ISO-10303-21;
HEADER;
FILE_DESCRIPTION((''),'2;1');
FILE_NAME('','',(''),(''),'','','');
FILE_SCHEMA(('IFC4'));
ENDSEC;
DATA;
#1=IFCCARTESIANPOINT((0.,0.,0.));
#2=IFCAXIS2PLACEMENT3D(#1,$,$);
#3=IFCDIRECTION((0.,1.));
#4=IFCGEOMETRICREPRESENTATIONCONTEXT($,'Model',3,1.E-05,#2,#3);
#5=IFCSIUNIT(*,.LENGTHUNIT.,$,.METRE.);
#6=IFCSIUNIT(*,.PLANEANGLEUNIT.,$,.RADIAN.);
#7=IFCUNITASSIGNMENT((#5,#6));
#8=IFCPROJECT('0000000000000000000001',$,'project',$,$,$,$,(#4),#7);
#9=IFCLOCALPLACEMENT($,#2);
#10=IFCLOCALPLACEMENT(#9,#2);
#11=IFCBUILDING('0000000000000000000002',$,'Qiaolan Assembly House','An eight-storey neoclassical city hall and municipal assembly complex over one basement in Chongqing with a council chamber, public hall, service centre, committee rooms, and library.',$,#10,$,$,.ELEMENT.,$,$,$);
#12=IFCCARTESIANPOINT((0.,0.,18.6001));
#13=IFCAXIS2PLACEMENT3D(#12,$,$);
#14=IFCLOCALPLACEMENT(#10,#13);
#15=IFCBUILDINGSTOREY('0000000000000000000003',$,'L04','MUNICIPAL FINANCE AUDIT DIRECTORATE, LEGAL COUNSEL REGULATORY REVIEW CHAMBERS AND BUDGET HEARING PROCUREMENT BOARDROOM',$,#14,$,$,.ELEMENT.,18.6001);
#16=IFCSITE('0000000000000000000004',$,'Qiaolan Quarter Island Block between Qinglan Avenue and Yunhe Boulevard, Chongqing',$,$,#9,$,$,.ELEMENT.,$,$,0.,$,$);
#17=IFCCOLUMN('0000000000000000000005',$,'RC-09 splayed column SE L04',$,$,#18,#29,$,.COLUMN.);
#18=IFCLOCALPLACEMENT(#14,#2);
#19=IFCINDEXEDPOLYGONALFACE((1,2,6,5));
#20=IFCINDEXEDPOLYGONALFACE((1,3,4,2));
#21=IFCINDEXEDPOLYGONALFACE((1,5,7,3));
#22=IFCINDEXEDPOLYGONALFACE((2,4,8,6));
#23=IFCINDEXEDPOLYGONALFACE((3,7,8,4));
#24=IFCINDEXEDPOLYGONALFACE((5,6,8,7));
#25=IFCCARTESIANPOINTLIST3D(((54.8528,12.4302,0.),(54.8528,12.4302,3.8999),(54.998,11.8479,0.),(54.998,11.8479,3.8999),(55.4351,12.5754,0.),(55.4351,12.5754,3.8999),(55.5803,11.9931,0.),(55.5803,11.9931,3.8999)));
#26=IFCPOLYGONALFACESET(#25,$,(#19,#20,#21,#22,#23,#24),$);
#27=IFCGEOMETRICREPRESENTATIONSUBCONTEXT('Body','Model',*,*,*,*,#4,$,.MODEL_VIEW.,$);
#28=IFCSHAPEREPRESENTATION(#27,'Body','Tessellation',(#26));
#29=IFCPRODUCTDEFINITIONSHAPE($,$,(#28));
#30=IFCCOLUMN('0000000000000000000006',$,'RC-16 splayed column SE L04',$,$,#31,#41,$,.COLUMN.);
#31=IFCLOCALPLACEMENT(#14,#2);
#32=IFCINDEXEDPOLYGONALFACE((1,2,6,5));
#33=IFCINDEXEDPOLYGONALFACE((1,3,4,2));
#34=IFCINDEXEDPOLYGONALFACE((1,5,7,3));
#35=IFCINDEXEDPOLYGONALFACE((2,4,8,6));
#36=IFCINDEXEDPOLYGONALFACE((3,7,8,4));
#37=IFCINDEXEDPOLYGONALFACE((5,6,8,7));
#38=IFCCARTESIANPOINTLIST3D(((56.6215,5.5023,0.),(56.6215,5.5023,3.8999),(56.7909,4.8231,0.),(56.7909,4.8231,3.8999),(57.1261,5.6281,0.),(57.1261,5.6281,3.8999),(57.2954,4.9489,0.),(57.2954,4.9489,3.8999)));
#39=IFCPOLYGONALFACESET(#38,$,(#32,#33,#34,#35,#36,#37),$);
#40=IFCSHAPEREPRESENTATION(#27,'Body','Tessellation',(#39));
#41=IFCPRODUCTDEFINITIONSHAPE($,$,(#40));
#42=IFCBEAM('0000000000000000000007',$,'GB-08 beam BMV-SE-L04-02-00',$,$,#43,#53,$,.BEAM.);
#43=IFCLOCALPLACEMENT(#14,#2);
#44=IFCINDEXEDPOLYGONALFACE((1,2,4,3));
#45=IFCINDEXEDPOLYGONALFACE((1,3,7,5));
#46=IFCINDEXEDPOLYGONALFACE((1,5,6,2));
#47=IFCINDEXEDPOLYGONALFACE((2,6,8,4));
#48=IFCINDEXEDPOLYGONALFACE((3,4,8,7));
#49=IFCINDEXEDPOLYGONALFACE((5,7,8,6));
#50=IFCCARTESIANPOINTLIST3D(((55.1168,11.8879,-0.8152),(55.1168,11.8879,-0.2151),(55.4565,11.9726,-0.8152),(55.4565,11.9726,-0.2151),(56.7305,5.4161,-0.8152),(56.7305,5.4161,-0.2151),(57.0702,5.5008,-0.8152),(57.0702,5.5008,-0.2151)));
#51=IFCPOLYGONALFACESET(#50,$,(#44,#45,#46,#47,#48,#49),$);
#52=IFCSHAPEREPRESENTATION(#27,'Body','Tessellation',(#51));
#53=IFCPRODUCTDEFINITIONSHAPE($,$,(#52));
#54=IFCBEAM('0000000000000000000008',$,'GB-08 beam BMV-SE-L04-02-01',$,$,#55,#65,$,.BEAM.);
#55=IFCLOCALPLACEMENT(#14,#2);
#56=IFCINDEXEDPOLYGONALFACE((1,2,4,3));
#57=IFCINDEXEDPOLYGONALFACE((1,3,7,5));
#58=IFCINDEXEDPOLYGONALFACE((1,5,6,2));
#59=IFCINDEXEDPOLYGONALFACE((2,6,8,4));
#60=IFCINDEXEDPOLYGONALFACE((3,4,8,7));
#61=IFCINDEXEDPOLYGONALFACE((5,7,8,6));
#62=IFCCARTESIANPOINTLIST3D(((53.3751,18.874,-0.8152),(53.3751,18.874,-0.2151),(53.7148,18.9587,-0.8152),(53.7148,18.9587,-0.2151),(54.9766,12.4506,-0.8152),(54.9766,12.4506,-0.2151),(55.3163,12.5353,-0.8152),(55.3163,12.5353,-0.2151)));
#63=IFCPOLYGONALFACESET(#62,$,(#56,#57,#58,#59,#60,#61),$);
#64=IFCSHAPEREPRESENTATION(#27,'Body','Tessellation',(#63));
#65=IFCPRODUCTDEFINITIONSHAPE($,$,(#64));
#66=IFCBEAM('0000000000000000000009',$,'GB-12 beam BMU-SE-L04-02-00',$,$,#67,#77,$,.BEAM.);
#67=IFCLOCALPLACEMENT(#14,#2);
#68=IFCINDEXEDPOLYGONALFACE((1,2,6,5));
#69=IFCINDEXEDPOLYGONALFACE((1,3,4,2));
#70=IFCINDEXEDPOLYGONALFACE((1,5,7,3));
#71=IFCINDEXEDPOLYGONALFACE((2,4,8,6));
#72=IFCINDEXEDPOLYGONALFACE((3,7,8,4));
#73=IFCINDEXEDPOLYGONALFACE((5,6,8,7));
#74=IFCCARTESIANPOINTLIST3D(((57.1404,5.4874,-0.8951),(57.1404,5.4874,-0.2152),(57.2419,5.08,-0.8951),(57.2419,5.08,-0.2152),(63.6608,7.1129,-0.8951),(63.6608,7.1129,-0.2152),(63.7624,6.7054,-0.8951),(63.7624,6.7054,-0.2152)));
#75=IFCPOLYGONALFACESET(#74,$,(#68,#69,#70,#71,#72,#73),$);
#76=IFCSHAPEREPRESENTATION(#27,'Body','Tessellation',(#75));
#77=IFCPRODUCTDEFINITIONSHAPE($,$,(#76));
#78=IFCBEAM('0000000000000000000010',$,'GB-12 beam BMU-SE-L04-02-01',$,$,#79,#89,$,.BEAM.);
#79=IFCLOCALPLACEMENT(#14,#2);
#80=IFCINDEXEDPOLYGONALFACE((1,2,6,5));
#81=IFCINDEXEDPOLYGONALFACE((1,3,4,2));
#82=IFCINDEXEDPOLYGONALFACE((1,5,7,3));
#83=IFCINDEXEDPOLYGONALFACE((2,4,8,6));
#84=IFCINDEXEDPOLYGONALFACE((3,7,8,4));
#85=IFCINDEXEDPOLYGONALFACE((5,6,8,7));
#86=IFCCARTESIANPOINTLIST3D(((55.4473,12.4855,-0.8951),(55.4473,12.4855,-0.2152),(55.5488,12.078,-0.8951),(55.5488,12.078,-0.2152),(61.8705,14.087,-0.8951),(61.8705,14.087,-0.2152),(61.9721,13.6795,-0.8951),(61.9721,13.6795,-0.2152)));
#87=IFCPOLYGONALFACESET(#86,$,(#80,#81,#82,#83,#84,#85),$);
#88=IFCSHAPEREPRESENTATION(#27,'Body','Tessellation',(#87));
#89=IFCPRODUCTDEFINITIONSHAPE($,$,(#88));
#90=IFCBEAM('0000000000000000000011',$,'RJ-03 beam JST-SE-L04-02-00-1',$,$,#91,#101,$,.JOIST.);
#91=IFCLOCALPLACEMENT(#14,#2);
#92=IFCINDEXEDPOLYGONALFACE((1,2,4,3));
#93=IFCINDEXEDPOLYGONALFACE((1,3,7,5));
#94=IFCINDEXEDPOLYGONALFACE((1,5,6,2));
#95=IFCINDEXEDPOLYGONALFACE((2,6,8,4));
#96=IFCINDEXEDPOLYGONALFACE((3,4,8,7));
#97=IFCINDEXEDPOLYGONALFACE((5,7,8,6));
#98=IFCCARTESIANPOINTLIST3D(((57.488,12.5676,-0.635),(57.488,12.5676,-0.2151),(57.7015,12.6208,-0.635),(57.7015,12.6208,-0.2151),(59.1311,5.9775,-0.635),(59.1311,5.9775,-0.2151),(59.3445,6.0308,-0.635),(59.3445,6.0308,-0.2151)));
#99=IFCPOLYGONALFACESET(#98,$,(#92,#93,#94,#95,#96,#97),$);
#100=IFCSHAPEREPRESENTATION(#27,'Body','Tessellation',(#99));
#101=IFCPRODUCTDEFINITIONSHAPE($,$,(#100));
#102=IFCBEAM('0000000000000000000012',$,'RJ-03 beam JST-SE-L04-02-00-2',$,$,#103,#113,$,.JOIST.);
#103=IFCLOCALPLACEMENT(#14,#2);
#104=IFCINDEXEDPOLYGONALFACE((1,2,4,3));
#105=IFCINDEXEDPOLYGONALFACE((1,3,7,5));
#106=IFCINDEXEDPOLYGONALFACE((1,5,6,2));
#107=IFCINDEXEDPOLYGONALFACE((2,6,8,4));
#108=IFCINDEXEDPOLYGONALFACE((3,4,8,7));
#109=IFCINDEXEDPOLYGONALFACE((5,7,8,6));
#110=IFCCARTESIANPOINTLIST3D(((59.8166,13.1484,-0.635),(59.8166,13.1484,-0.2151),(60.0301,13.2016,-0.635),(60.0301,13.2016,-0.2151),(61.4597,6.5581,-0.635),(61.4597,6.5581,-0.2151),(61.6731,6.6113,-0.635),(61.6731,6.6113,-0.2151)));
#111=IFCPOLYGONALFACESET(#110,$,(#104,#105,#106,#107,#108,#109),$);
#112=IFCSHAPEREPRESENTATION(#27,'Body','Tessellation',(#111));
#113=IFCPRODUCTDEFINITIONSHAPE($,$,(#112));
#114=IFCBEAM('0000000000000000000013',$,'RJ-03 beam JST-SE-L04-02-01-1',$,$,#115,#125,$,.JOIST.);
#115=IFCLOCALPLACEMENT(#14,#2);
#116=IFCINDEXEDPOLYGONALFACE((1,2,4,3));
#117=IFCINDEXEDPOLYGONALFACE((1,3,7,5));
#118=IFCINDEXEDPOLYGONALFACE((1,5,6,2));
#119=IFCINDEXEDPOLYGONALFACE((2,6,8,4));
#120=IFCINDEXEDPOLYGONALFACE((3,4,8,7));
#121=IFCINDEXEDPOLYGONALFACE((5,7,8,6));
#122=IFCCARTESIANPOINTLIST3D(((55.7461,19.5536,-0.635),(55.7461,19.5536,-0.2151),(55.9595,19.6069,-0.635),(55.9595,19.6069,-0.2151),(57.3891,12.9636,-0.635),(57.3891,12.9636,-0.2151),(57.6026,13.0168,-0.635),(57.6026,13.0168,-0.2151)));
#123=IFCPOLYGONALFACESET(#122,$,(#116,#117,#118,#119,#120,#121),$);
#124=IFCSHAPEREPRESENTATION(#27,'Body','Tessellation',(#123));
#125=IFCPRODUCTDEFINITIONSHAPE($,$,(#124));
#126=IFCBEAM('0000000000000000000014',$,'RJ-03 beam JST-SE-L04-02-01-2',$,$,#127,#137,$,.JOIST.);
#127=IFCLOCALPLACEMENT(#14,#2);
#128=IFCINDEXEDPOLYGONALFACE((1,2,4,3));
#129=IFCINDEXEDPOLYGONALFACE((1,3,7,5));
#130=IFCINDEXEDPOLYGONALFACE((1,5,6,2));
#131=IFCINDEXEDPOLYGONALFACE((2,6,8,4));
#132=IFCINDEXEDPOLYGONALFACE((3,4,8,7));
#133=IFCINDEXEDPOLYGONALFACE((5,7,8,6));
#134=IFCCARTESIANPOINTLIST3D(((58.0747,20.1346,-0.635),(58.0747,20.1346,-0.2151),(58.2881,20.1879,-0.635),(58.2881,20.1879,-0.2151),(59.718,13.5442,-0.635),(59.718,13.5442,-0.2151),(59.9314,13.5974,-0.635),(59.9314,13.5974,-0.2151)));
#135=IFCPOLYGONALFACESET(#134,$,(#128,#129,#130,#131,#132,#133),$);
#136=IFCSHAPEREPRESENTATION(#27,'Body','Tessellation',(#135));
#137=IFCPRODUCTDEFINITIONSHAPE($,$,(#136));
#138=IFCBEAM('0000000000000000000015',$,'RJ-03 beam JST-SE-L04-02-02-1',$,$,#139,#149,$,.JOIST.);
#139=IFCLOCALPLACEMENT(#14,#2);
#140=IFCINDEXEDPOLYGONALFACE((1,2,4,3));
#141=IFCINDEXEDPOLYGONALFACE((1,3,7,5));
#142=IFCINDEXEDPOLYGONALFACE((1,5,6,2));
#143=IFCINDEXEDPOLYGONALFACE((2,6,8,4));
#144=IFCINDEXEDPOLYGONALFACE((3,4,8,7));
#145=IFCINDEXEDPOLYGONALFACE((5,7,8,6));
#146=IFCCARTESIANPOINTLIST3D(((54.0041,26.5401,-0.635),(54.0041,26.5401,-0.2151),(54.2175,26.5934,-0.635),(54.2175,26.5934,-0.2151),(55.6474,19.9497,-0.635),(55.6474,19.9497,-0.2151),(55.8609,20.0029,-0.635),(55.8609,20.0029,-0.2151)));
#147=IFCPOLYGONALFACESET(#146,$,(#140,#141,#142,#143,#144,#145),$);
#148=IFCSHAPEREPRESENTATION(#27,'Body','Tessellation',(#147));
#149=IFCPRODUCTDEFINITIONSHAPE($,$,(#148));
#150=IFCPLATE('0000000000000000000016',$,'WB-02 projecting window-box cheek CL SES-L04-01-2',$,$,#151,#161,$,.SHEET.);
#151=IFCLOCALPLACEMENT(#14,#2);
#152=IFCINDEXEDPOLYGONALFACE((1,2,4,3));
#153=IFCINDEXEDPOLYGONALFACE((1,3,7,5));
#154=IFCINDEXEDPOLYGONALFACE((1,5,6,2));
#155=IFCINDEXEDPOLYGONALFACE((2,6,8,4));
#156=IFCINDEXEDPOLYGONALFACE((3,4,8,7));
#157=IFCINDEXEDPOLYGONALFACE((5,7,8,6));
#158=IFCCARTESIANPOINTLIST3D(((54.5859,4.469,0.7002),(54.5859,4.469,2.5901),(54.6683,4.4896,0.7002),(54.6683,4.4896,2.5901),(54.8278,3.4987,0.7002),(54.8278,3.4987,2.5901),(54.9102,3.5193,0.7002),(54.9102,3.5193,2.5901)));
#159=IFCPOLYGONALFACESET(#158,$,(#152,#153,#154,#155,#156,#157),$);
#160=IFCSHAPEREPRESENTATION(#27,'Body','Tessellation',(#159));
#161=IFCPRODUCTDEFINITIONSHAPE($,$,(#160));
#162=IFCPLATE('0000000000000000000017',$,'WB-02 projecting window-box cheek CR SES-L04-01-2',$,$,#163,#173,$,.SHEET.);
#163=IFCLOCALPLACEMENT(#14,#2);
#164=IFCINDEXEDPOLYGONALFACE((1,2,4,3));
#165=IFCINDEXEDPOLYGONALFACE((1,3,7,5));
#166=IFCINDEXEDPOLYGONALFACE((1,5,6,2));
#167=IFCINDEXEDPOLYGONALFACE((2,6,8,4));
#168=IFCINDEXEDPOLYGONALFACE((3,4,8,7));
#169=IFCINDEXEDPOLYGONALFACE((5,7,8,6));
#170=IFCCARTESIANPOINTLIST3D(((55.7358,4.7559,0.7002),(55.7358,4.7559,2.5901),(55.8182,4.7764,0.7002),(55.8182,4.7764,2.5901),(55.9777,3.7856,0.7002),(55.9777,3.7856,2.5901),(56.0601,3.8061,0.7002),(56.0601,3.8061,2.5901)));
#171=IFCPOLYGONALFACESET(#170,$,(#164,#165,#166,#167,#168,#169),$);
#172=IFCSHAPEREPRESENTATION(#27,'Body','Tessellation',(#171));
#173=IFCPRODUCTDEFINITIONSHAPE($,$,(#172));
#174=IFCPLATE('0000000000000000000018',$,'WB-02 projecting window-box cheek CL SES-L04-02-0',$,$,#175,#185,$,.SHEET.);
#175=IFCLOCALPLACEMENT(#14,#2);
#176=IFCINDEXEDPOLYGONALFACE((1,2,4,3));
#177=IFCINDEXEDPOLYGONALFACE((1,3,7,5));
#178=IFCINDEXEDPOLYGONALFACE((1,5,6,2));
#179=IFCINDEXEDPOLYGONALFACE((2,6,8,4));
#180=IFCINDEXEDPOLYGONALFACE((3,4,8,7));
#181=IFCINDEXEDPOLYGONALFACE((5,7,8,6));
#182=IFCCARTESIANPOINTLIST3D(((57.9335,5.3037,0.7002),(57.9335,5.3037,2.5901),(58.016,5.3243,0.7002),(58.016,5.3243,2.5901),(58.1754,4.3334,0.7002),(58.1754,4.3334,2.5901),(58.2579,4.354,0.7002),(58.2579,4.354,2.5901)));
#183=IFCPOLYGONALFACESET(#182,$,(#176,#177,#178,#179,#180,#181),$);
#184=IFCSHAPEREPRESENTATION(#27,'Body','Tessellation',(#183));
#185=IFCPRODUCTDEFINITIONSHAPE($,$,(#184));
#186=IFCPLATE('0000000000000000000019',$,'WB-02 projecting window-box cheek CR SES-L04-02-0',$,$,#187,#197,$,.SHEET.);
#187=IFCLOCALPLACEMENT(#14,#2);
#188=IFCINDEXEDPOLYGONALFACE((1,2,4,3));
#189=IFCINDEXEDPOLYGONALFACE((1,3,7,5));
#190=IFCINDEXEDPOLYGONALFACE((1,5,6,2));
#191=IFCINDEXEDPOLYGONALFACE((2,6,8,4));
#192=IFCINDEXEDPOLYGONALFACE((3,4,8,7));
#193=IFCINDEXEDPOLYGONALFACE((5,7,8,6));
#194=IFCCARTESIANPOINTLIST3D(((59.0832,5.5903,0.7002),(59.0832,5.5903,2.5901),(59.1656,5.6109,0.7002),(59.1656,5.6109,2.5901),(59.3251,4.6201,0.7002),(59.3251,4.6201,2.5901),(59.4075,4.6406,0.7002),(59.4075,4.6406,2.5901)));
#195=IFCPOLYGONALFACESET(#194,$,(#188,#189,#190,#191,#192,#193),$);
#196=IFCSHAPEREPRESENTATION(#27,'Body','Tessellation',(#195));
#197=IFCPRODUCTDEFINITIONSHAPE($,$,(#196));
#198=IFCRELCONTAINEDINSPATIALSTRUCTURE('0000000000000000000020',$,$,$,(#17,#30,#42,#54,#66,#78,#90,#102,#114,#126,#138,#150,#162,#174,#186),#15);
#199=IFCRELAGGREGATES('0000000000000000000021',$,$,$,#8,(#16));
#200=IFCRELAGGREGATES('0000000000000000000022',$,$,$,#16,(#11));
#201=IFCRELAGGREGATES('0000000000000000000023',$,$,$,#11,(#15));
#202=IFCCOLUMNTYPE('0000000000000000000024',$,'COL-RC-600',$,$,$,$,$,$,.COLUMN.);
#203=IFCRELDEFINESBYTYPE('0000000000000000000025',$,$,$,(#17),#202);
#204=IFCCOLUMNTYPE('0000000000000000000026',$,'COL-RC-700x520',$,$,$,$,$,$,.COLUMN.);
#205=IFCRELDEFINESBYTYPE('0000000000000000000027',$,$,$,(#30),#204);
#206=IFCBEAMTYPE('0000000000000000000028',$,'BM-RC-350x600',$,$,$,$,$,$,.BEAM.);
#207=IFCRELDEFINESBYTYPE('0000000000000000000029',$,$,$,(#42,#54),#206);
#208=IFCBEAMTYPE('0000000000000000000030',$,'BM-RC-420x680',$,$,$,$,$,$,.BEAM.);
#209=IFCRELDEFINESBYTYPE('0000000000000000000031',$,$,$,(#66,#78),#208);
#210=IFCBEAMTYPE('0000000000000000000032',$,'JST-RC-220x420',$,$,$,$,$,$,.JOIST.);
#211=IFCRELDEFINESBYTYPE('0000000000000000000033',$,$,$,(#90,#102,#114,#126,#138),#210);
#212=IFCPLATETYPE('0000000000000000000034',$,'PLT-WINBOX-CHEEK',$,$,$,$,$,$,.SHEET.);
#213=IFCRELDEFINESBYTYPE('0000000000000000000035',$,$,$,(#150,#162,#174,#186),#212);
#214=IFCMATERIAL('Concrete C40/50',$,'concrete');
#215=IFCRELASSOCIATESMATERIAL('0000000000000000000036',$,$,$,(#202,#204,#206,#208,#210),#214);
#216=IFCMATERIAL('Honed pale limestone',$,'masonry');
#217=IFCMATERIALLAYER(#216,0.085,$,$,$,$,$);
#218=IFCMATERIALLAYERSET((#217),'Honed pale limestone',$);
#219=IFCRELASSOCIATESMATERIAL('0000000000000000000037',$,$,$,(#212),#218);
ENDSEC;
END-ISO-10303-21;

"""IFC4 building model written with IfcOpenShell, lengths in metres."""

from ifc_helpers import new_model, si_unit, direction, frame, origin, origin_2d, place, context, subcontext, project, spatial, rectangle, extrude, material, layer, layer_set, material_profile, profile_set, type_object, element, save


model = new_model("IFC4")

# Units and contexts
model_context = context("Model", 3, precision=1e-05, world=origin(), true_north=direction((0.0, 1.0)))
body_context = subcontext(model_context, "Body", "Model", "MODEL_VIEW")
ifc_project = project(units=[si_unit("LENGTHUNIT", "METRE"), si_unit("PLANEANGLEUNIT", "RADIAN")], contexts=[model_context])

# Site, building, storey
site_placement = place(None, origin())
site = spatial("IfcSite", under=ifc_project, at=site_placement, Name="Qiaolan Quarter Island Block between Qinglan Avenue and Yunhe Boulevard, Chongqing", CompositionType="ELEMENT", RefElevation=0.0)
building_placement = place(site_placement, origin())
building = spatial("IfcBuilding", under=site, at=building_placement, Name="Qiaolan Assembly House", Description="An eight-storey neoclassical city hall and municipal assembly complex over one basement in Chongqing with a council chamber, public hall, service centre, committee rooms, and library.", CompositionType="ELEMENT")
storey_placement = place(building_placement, frame((0.0, 0.0, 18.6001)))
storey = spatial("IfcBuildingStorey", under=building, at=storey_placement, Name="L04", Description="MUNICIPAL FINANCE AUDIT DIRECTORATE, LEGAL COUNSEL REGULATORY REVIEW CHAMBERS AND BUDGET HEARING PROCUREMENT BOARDROOM", CompositionType="ELEMENT", Elevation=18.6001)

# Columns
ifc_material_1 = material(Name="Concrete C40/50", Category="concrete")
ifc_material_profile_1 = material_profile(ifc_material_1, rectangle(XDim=0.6001, YDim=0.6001, at=origin_2d()), Name="RC 600x600")
ifc_profile_set_1 = profile_set([ifc_material_profile_1], Name="Concrete C40/50")
column_type_1 = type_object("IfcColumnType", Name="COL-RC-600", PredefinedType="COLUMN", material=ifc_profile_set_1)
column_1_placement = place(storey_placement, frame((55.2166, 12.2117, 0.0), z_axis=(0.0, 0.0, 1.0), x_axis=(0.970296, 0.241922, 0.0)))
element("IfcColumn", 1, at=column_1_placement, inside=storey, type_object=column_type_1, Name="RC-09 splayed column SE L04", PredefinedType="COLUMN", context=body_context, shape_type="SweptSolid", body=[
    extrude(rectangle(XDim=0.6001, YDim=0.6001, at=origin_2d()), origin(), (0.0, 0.0, 1.0), 3.8999),
])
ifc_material_profile_2 = material_profile(ifc_material_1, rectangle(XDim=0.52, YDim=0.7, at=origin_2d()), Name="RC 700x520")
ifc_profile_set_2 = profile_set([ifc_material_profile_2], Name="Concrete C40/50")
column_type_2 = type_object("IfcColumnType", Name="COL-RC-700x520", PredefinedType="COLUMN", material=ifc_profile_set_2)
column_2_placement = place(storey_placement, frame((56.9585, 5.2256, 0.0), z_axis=(0.0, 0.0, 1.0), x_axis=(0.970296, 0.241922, 0.0)))
element("IfcColumn", 2, at=column_2_placement, inside=storey, type_object=column_type_2, Name="RC-16 splayed column SE L04", PredefinedType="COLUMN", context=body_context, shape_type="SweptSolid", body=[
    extrude(rectangle(XDim=0.52, YDim=0.7, at=origin_2d()), origin(), (0.0, 0.0, 1.0), 3.8999),
])

# Beams
ifc_material_profile_3 = material_profile(ifc_material_1, rectangle(XDim=0.3501, YDim=0.6001, at=origin_2d()), Name="RCB 350x600")
ifc_profile_set_3 = profile_set([ifc_material_profile_3], Name="Concrete C40/50")
beam_type_1 = type_object("IfcBeamType", Name="BM-RC-350x600", PredefinedType="BEAM", material=ifc_profile_set_3)
beam_1_placement = place(storey_placement, frame((56.9004, 5.4585, -0.5151), z_axis=(-0.24195, 0.970289, 0.0), x_axis=(-0.970289, -0.24195, 0.0)))
element("IfcBeam", 3, at=beam_1_placement, inside=storey, type_object=beam_type_1, Name="GB-08 beam BMV-SE-L04-02-00", PredefinedType="BEAM", context=body_context, shape_type="SweptSolid", body=[
    extrude(rectangle(XDim=0.3501, YDim=0.6001, at=origin_2d()), origin(), (0.0, 0.0, 1.0), 6.6699),
])
beam_2_placement = place(storey_placement, frame((55.1465, 12.4929, -0.5151), z_axis=(-0.241919, 0.970296, 0.0), x_axis=(-0.970296, -0.241919, 0.0)))
element("IfcBeam", 4, at=beam_2_placement, inside=storey, type_object=beam_type_1, Name="GB-08 beam BMV-SE-L04-02-01", PredefinedType="BEAM", context=body_context, shape_type="SweptSolid", body=[
    extrude(rectangle(XDim=0.3501, YDim=0.6001, at=origin_2d()), origin(), (0.0, 0.0, 1.0), 6.6201),
])
ifc_material_profile_4 = material_profile(ifc_material_1, rectangle(XDim=0.4199, YDim=0.6799, at=origin_2d()), Name="RCB 420x680")
ifc_profile_set_4 = profile_set([ifc_material_profile_4], Name="Concrete C40/50")
beam_type_2 = type_object("IfcBeamType", Name="BM-RC-420x680", PredefinedType="BEAM", material=ifc_profile_set_4)
beam_3_placement = place(storey_placement, frame((57.1912, 5.2837, -0.5552), z_axis=(0.970305, 0.241886, 0.0), x_axis=(-0.241886, 0.970305, 0.0)))
element("IfcBeam", 5, at=beam_3_placement, inside=storey, type_object=beam_type_2, Name="GB-12 beam BMU-SE-L04-02-00", PredefinedType="BEAM", context=body_context, shape_type="SweptSolid", body=[
    extrude(rectangle(XDim=0.4199, YDim=0.6799, at=origin_2d()), origin(), (0.0, 0.0, 1.0), 6.72),
])
beam_4_placement = place(storey_placement, frame((55.498, 12.2817, -0.5552), z_axis=(0.970294, 0.241928, 0.0), x_axis=(-0.241928, 0.970294, 0.0)))
element("IfcBeam", 6, at=beam_4_placement, inside=storey, type_object=beam_type_2, Name="GB-12 beam BMU-SE-L04-02-01", PredefinedType="BEAM", context=body_context, shape_type="SweptSolid", body=[
    extrude(rectangle(XDim=0.4199, YDim=0.6799, at=origin_2d()), origin(), (0.0, 0.0, 1.0), 6.6199),
])
ifc_material_profile_5 = material_profile(ifc_material_1, rectangle(XDim=0.22, YDim=0.4199, at=origin_2d()), Name="RCB 220x420")
ifc_profile_set_5 = profile_set([ifc_material_profile_5], Name="Concrete C40/50")
beam_type_3 = type_object("IfcBeamType", Name="JST-RC-220x420", PredefinedType="JOIST", material=ifc_profile_set_5)
beam_5_placement = place(storey_placement, frame((59.2378, 6.0042, -0.425), z_axis=(-0.241918, 0.970297, 0.0), x_axis=(-0.970297, -0.241918, 0.0)))
element("IfcBeam", 7, at=beam_5_placement, inside=storey, type_object=beam_type_3, Name="RJ-03 beam JST-SE-L04-02-00-1", PredefinedType="JOIST", context=body_context, shape_type="SweptSolid", body=[
    extrude(rectangle(XDim=0.22, YDim=0.4199, at=origin_2d()), origin(), (0.0, 0.0, 1.0), 6.7917),
])
beam_6_placement = place(storey_placement, frame((61.5664, 6.5847, -0.425), z_axis=(-0.24191, 0.970299, 0.0), x_axis=(-0.970299, -0.24191, 0.0)))
element("IfcBeam", 8, at=beam_6_placement, inside=storey, type_object=beam_type_3, Name="RJ-03 beam JST-SE-L04-02-00-2", PredefinedType="JOIST", context=body_context, shape_type="SweptSolid", body=[
    extrude(rectangle(XDim=0.22, YDim=0.4199, at=origin_2d()), origin(), (0.0, 0.0, 1.0), 6.792),
])
beam_7_placement = place(storey_placement, frame((57.4958, 12.9902, -0.425), z_axis=(-0.241918, 0.970297, 0.0), x_axis=(-0.970297, -0.241918, 0.0)))
element("IfcBeam", 9, at=beam_7_placement, inside=storey, type_object=beam_type_3, Name="RJ-03 beam JST-SE-L04-02-01-1", PredefinedType="JOIST", context=body_context, shape_type="SweptSolid", body=[
    extrude(rectangle(XDim=0.22, YDim=0.4199, at=origin_2d()), origin(), (0.0, 0.0, 1.0), 6.7917),
])
for number, where, z_axis, x_axis, name in (
    (10, (59.8247, 13.5708, -0.425), (-0.241944, 0.97029, 0.0), (-0.97029, -0.241944, 0.0), "RJ-03 beam JST-SE-L04-02-01-2"),
    (11, (55.7542, 19.9763, -0.425), (-0.241944, 0.97029, 0.0), (-0.97029, -0.241944, 0.0), "RJ-03 beam JST-SE-L04-02-02-1"),
):
    element("IfcBeam", number, at=place(storey_placement, frame(where, z_axis=z_axis, x_axis=x_axis)), inside=storey, type_object=beam_type_3, Name=name, PredefinedType="JOIST", context=body_context, shape_type="SweptSolid", body=[
        extrude(rectangle(XDim=0.22, YDim=0.4199, at=origin_2d()), origin(), (0.0, 0.0, 1.0), 6.7922),
    ])

# Plates
ifc_material_2 = material(Name="Honed pale limestone", Category="masonry")
ifc_layer_1 = layer(ifc_material_2, 0.085)
ifc_layer_set_1 = layer_set([ifc_layer_1], Name="Honed pale limestone")
plate_type = type_object("IfcPlateType", Name="PLT-WINBOX-CHEEK", PredefinedType="SHEET", material=ifc_layer_set_1)
for number, where, z_axis, x_axis, name in (
    (12, (54.748, 3.9941, 0.7002), (0.0, 0.0, 1.0), (0.970296, 0.241922, 0.0), "WB-02 projecting window-box cheek CL SES-L04-01-2"),
    (13, (55.8979, 4.281, 0.7002), (0.0, 0.0, 1.0), (0.970296, 0.241922, 0.0), "WB-02 projecting window-box cheek CR SES-L04-01-2"),
    (14, (58.0957, 4.8289, 0.7002), (0.0, 0.0, 1.0), (0.970296, 0.241922, 0.0), "WB-02 projecting window-box cheek CL SES-L04-02-0"),
    (15, (59.2454, 5.1155, 0.7002), (0.0, 0.0, 1.0), (0.970296, 0.241922, 0.0), "WB-02 projecting window-box cheek CR SES-L04-02-0"),
):
    element("IfcPlate", number, at=place(storey_placement, frame(where, z_axis=z_axis, x_axis=x_axis)), inside=storey, type_object=plate_type, Name=name, PredefinedType="SHEET", context=body_context, shape_type="SweptSolid", body=[
        extrude(rectangle(XDim=0.085, YDim=1.0, at=origin_2d()), origin(), (0.0, 0.0, 1.0), 1.8899),
    ])

save(model, "model.ifc")
